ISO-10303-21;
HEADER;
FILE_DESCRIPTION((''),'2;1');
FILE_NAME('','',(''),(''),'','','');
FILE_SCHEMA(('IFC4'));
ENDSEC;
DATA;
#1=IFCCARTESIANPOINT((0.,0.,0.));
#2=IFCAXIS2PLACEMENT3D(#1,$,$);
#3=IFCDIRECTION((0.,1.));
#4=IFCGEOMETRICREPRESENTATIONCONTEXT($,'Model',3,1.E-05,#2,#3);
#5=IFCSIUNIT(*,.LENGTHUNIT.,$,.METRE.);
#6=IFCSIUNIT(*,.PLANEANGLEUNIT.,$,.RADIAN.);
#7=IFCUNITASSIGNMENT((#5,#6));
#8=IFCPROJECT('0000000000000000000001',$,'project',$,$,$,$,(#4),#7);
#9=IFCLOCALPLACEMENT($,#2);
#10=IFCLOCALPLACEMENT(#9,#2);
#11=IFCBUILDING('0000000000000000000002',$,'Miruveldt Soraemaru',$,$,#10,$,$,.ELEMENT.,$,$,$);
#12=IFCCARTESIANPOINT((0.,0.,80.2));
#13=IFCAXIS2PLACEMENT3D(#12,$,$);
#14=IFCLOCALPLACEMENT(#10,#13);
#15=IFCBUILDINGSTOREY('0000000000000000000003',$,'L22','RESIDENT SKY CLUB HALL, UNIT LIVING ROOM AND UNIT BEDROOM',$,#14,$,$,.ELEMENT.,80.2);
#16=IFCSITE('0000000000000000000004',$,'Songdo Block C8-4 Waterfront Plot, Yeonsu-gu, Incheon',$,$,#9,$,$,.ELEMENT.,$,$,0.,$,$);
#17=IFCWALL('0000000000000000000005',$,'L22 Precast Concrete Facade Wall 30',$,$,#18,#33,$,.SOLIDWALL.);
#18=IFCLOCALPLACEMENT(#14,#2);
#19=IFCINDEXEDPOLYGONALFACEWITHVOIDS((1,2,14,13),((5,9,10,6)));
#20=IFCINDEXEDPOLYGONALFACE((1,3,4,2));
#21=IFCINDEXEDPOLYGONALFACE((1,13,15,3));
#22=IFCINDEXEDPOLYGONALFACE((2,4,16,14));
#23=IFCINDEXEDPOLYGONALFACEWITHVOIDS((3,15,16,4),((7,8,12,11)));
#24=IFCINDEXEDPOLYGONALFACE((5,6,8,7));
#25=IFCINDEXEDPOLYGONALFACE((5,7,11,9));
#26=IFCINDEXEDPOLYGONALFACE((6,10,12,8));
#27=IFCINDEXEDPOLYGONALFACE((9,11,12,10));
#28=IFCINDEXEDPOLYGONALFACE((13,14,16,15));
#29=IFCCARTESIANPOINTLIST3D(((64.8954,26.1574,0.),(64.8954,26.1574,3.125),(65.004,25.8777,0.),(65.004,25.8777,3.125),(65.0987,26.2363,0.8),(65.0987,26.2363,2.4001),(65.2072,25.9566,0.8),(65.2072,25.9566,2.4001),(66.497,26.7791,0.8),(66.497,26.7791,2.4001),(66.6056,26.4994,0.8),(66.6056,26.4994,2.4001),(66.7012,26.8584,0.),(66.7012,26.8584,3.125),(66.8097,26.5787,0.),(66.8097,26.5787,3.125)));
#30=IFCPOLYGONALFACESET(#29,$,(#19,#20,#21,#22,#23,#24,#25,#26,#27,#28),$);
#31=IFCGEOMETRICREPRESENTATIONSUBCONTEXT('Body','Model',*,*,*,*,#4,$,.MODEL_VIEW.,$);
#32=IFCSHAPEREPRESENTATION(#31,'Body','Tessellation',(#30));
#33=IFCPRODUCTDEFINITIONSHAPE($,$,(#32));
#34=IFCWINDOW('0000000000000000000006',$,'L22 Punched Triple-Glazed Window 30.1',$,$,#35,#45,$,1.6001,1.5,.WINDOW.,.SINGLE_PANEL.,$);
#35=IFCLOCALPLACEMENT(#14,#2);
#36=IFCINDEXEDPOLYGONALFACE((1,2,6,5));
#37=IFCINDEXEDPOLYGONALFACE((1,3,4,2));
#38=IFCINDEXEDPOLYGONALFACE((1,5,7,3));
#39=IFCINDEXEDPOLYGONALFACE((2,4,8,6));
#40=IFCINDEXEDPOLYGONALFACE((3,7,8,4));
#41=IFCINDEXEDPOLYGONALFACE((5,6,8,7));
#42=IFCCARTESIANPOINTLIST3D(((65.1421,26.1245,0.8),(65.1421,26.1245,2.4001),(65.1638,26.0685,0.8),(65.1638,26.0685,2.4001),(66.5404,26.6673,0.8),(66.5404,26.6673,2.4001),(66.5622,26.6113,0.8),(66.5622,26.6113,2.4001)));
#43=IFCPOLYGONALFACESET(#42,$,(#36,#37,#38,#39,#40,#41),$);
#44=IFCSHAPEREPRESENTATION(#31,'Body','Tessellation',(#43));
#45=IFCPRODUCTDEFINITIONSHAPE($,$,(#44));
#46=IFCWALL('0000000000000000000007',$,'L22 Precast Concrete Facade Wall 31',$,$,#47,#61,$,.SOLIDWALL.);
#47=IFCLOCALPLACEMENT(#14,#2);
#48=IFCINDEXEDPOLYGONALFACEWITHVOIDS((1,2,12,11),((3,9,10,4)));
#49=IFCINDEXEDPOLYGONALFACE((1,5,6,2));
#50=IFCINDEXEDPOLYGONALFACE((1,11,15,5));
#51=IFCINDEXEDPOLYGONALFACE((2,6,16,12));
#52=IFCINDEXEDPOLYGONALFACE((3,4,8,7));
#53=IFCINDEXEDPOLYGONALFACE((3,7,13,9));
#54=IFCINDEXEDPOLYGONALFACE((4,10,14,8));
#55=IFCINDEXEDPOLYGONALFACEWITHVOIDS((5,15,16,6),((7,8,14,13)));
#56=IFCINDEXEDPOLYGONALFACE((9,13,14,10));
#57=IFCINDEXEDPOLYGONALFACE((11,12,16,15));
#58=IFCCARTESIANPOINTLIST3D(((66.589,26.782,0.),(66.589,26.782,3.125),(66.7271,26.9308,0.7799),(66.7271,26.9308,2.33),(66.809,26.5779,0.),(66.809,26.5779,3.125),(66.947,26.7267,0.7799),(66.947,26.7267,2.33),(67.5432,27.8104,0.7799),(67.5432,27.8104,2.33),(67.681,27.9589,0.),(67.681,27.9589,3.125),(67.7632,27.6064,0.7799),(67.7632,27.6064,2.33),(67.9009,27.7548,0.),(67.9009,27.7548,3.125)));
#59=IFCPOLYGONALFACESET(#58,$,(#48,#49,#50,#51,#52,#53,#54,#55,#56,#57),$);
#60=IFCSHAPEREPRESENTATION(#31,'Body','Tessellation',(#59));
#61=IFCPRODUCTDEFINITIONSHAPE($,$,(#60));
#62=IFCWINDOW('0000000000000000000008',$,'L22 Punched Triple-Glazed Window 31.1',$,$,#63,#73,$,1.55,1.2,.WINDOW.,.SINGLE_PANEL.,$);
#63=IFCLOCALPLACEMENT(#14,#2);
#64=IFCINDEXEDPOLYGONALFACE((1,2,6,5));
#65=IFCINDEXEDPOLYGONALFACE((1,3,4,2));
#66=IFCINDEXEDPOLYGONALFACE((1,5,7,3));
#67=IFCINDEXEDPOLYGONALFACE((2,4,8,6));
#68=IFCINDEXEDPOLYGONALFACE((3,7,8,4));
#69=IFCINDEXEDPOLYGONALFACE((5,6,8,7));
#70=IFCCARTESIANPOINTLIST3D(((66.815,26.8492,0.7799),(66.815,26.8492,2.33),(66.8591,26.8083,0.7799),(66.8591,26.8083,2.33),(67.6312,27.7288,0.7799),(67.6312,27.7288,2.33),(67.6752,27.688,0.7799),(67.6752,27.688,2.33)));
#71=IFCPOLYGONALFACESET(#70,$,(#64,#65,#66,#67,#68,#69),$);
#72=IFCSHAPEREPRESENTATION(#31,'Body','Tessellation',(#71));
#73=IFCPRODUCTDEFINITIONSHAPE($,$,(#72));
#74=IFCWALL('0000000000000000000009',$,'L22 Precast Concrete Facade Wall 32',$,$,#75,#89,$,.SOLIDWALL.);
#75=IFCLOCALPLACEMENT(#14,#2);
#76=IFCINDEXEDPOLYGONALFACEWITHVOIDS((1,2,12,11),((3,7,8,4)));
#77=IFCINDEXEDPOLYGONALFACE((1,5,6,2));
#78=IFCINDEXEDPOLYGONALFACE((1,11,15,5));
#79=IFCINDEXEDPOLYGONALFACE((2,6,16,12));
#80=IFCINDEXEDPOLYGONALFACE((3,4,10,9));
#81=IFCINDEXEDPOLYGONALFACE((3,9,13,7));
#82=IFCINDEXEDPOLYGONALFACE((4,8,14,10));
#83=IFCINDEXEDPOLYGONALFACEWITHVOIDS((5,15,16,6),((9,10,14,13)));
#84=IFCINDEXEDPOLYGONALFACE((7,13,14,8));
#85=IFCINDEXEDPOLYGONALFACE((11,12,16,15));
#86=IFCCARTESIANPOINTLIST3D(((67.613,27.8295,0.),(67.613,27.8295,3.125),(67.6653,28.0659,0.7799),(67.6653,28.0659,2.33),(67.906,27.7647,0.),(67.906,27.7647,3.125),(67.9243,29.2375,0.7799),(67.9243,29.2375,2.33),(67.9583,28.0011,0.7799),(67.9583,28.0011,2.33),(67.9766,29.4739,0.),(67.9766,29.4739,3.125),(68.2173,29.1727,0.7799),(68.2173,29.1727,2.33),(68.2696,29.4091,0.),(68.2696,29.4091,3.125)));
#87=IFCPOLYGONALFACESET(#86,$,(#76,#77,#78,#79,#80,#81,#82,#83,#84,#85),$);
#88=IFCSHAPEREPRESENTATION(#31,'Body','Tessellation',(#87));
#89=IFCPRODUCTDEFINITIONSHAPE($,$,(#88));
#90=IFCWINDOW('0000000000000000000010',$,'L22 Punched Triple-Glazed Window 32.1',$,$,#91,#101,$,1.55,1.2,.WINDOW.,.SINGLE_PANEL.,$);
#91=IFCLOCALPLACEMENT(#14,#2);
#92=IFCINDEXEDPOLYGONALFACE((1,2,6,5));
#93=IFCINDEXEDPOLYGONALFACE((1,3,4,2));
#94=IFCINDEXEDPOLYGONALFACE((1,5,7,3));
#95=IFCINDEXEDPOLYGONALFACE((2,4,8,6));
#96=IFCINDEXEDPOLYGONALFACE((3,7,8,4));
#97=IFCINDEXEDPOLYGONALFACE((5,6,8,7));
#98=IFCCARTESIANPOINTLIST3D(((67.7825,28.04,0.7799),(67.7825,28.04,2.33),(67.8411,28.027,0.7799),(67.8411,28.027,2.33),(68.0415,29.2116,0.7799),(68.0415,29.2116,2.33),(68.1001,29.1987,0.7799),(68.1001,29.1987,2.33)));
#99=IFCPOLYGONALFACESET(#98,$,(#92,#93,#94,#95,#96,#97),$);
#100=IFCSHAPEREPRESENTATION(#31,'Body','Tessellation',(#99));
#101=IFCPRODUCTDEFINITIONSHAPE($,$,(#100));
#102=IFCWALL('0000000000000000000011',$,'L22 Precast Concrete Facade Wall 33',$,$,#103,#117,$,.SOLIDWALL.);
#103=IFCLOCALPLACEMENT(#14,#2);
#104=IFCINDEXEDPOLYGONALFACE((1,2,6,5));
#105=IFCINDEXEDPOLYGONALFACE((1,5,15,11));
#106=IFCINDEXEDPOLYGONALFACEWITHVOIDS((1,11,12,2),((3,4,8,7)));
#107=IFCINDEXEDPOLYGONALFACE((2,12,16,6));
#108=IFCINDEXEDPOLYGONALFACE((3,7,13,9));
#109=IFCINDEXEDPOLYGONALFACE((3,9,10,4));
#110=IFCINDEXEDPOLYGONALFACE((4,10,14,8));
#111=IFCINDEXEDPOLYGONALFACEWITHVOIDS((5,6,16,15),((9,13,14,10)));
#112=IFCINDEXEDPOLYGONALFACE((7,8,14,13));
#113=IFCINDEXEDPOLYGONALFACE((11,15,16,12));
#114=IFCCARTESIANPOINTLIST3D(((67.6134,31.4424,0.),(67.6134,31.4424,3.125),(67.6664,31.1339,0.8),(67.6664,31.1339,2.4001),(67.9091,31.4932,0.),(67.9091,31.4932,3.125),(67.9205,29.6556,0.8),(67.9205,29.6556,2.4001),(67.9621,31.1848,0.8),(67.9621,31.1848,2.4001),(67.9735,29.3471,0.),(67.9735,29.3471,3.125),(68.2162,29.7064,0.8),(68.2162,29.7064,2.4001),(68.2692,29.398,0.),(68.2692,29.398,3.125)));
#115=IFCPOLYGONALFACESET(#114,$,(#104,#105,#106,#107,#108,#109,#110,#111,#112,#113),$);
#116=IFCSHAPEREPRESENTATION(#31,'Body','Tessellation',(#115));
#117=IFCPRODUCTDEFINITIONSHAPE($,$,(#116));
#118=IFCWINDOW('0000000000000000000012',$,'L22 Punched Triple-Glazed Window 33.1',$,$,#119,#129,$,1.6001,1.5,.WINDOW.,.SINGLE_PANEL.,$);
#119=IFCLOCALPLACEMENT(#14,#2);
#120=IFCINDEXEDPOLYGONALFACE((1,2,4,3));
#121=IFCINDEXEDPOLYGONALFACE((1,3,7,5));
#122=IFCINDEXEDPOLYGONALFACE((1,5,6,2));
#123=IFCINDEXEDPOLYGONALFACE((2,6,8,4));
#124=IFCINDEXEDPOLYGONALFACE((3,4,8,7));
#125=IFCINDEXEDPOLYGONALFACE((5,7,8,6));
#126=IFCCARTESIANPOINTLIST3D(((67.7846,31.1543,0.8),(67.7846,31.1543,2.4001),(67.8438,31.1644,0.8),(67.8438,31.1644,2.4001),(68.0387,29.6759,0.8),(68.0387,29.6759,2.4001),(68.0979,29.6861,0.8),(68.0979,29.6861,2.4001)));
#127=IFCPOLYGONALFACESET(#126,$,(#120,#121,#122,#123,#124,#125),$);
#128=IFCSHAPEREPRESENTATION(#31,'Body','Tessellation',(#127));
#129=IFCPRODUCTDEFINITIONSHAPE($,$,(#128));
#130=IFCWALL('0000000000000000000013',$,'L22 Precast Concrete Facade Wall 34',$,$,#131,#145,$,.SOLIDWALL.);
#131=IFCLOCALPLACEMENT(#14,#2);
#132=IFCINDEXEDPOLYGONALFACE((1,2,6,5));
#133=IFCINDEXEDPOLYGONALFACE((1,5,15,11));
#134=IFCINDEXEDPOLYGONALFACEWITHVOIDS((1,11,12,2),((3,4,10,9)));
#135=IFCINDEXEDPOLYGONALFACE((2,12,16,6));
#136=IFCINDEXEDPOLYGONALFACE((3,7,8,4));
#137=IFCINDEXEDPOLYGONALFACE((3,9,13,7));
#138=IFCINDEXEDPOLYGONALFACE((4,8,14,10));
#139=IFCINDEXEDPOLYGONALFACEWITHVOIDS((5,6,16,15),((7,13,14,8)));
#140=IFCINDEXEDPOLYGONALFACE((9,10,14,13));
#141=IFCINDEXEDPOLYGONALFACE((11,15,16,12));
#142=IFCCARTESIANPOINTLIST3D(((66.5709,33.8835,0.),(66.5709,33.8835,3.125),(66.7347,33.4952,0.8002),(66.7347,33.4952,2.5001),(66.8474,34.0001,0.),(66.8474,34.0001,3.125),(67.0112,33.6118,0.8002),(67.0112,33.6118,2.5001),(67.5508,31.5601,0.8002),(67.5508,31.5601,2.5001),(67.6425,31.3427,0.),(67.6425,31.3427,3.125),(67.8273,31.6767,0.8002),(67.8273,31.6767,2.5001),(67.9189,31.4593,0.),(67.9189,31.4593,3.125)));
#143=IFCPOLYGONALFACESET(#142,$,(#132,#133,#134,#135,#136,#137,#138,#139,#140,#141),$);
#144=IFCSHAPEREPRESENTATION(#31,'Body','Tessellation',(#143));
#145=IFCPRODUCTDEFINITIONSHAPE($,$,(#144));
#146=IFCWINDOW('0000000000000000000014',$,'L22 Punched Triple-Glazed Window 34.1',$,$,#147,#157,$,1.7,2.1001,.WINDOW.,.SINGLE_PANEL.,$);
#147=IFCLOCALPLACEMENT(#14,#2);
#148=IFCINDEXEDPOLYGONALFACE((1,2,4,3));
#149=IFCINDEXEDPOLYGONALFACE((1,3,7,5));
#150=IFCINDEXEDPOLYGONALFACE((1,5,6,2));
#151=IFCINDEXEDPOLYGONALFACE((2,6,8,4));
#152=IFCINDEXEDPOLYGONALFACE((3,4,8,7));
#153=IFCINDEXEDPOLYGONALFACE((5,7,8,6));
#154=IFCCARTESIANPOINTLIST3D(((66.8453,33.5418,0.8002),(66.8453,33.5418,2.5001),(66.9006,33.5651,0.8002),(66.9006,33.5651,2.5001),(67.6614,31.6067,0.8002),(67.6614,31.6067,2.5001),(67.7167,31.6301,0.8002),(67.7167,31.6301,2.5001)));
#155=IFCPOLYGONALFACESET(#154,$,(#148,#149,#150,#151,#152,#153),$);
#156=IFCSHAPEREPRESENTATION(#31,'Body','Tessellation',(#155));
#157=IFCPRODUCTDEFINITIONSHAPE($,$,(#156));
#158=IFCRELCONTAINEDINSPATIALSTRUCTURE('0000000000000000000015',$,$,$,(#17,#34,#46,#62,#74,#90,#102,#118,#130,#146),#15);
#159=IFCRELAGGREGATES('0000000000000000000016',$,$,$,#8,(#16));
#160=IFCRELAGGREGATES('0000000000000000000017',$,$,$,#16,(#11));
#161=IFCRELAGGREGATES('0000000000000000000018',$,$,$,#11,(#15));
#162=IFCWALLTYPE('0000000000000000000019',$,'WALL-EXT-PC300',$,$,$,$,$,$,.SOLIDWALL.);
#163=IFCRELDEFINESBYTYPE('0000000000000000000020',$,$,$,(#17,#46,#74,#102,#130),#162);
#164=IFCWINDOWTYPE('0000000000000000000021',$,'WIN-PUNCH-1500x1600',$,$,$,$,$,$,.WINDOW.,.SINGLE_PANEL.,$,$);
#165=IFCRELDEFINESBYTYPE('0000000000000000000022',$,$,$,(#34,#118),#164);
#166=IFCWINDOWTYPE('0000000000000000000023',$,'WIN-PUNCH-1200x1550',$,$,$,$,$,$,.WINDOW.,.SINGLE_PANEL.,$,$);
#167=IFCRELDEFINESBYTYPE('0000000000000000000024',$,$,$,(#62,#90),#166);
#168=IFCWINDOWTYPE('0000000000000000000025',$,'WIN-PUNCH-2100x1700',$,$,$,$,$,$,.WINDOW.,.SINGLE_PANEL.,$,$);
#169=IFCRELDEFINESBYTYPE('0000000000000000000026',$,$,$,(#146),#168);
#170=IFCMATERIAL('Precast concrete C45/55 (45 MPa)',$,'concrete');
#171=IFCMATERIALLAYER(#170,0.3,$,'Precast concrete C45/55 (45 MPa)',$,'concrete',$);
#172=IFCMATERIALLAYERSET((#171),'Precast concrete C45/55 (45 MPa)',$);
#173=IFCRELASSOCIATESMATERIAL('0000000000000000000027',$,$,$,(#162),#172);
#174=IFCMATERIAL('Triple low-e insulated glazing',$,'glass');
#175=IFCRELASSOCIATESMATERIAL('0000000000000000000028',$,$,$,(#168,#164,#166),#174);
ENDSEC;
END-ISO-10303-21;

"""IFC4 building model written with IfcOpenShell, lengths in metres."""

from ifc_helpers import new_model, si_unit, direction, frame, frame_2d, origin, place, context, subcontext, project, spatial, rectangle, extrude, material, layer, layer_set, type_object, element, fill, save


model = new_model("IFC4")

# Units and contexts
model_context = context("Model", 3, precision=1e-05, world=origin(), true_north=direction((0.0, 1.0)))
body_context = subcontext(model_context, "Body", "Model", "MODEL_VIEW")
ifc_project = project(units=[si_unit("LENGTHUNIT", "METRE"), si_unit("PLANEANGLEUNIT", "RADIAN")], contexts=[model_context])

# Site, building, storey
site_placement = place(None, origin())
site = spatial("IfcSite", under=ifc_project, at=site_placement, Name="Songdo Block C8-4 Waterfront Plot, Yeonsu-gu, Incheon", CompositionType="ELEMENT", RefElevation=0.0)
building_placement = place(site_placement, origin())
building = spatial("IfcBuilding", under=site, at=building_placement, Name="Miruveldt Soraemaru", CompositionType="ELEMENT")
storey_placement = place(building_placement, frame((0.0, 0.0, 80.2)))
storey = spatial("IfcBuildingStorey", under=building, at=storey_placement, Name="L22", Description="RESIDENT SKY CLUB HALL, UNIT LIVING ROOM AND UNIT BEDROOM", CompositionType="ELEMENT", Elevation=80.2)

# Walls, openings, windows
ifc_material_1 = material(Name="Precast concrete C45/55 (45 MPa)", Category="concrete")
ifc_layer_1 = layer(ifc_material_1, 0.3, Name="Precast concrete C45/55 (45 MPa)", Category="concrete")
ifc_layer_set_1 = layer_set([ifc_layer_1], Name="Precast concrete C45/55 (45 MPa)")
wall_type_1 = type_object("IfcWallType", Name="WALL-EXT-PC300", PredefinedType="SOLIDWALL", material=ifc_layer_set_1)
ifc_material_2 = material(Name="Triple low-e insulated glazing", Category="glass")
window_type_1 = type_object("IfcWindowType", Name="WIN-PUNCH-2100x1700", PartitioningType="SINGLE_PANEL", PredefinedType="WINDOW", material=ifc_material_2)
wall_1_placement = place(storey_placement, frame((64.9497, 26.0176, 0.0), z_axis=(0.0, 0.0, 1.0), x_axis=(0.932227, 0.361874, 0.0)))
wall_1 = element("IfcWall", 1, at=wall_1_placement, inside=storey, type_object=wall_type_1, Name="L22 Precast Concrete Facade Wall 30", PredefinedType="SOLIDWALL", context=body_context, shape_type="SweptSolid", body=[
    extrude(rectangle(XDim=1.937, YDim=0.3, at=frame_2d((0.9685, 0.0))), origin(), (0.0, 0.0, 1.0), 3.125),
])
opening_1_placement = place(wall_1_placement, frame((0.218, 0.0, 0.8)))
opening_1 = element("IfcOpeningElement", 2, at=opening_1_placement, cuts=wall_1, PredefinedType="OPENING", context=body_context, shape_type="SweptSolid", body=[
    extrude(rectangle(XDim=1.5, YDim=1.6001, at=frame_2d((0.75, 0.8))), frame((0.0, 0.1602, 0.0), z_axis=(0.0, -1.0, 0.0), x_axis=(1.0, 0.0, 0.0)), (0.0, 0.0, 1.0), 0.3201),
])
window_type_2 = type_object("IfcWindowType", Name="WIN-PUNCH-1500x1600", PartitioningType="SINGLE_PANEL", PredefinedType="WINDOW", material=ifc_material_2)
window_1_placement = place(opening_1_placement, origin())
window_1 = element("IfcWindow", 3, at=window_1_placement, inside=storey, type_object=window_type_2, Name="L22 Punched Triple-Glazed Window 30.1", OverallHeight=1.6001, OverallWidth=1.5, PartitioningType="SINGLE_PANEL", PredefinedType="WINDOW", context=body_context, shape_type="SweptSolid", body=[
    extrude(rectangle(XDim=1.5, YDim=1.6001, at=frame_2d((0.75, 0.8))), frame((0.0, 0.03, 0.0), z_axis=(0.0, -1.0, 0.0), x_axis=(1.0, 0.0, 0.0)), (0.0, 0.0, 1.0), 0.0601),
])
fill(opening_1, window_1)
wall_2_placement = place(storey_placement, frame((66.699, 26.6799, 0.0), z_axis=(0.0, 0.0, 1.0), x_axis=(0.680154, 0.73307, 0.0)))
wall_2 = element("IfcWall", 4, at=wall_2_placement, inside=storey, type_object=wall_type_1, Name="L22 Precast Concrete Facade Wall 31", PredefinedType="SOLIDWALL", context=body_context, shape_type="SweptSolid", body=[
    extrude(rectangle(XDim=1.6055, YDim=0.3, at=frame_2d((0.8027, 0.0))), origin(), (0.0, 0.0, 1.0), 3.125),
])
opening_2_placement = place(wall_2_placement, frame((0.2029, 0.0, 0.78)))
opening_2 = element("IfcOpeningElement", 5, at=opening_2_placement, cuts=wall_2, PredefinedType="OPENING", context=body_context, shape_type="SweptSolid", body=[
    extrude(rectangle(XDim=1.2, YDim=1.55, at=frame_2d((0.6001, 0.7749))), frame((0.0, 0.1602, 0.0), z_axis=(0.0, -1.0, 0.0), x_axis=(1.0, 0.0, 0.0)), (0.0, 0.0, 1.0), 0.3201),
])
window_type_3 = type_object("IfcWindowType", Name="WIN-PUNCH-1200x1550", PartitioningType="SINGLE_PANEL", PredefinedType="WINDOW", material=ifc_material_2)
window_2_placement = place(opening_2_placement, origin())
window_2 = element("IfcWindow", 6, at=window_2_placement, inside=storey, type_object=window_type_3, Name="L22 Punched Triple-Glazed Window 31.1", OverallHeight=1.55, OverallWidth=1.2, PartitioningType="SINGLE_PANEL", PredefinedType="WINDOW", context=body_context, shape_type="SweptSolid", body=[
    extrude(rectangle(XDim=1.2, YDim=1.55, at=frame_2d((0.6001, 0.7749))), frame((0.0, 0.03, 0.0), z_axis=(0.0, -1.0, 0.0), x_axis=(1.0, 0.0, 0.0)), (0.0, 0.0, 1.0), 0.0601),
])
fill(opening_2, window_2)
wall_3_placement = place(storey_placement, frame((67.7595, 27.7971, 0.0), z_axis=(0.0, 0.0, 1.0), x_axis=(0.215871, 0.976422, 0.0)))
wall_3 = element("IfcWall", 7, at=wall_3_placement, inside=storey, type_object=wall_type_1, Name="L22 Precast Concrete Facade Wall 32", PredefinedType="SOLIDWALL", context=body_context, shape_type="SweptSolid", body=[
    extrude(rectangle(XDim=1.6841, YDim=0.3, at=frame_2d((0.842, 0.0))), origin(), (0.0, 0.0, 1.0), 3.125),
])
opening_3_placement = place(wall_3_placement, frame((0.2419, 0.0, 0.78)))
opening_3 = element("IfcOpeningElement", 8, at=opening_3_placement, cuts=wall_3, PredefinedType="OPENING", context=body_context, shape_type="SweptSolid", body=[
    extrude(rectangle(XDim=1.2, YDim=1.55, at=frame_2d((0.6001, 0.7749))), frame((0.0, 0.1602, 0.0), z_axis=(0.0, -1.0, 0.0), x_axis=(1.0, 0.0, 0.0)), (0.0, 0.0, 1.0), 0.3201),
])
window_3_placement = place(opening_3_placement, origin())
window_3 = element("IfcWindow", 9, at=window_3_placement, inside=storey, type_object=window_type_3, Name="L22 Punched Triple-Glazed Window 32.1", OverallHeight=1.55, OverallWidth=1.2, PartitioningType="SINGLE_PANEL", PredefinedType="WINDOW", context=body_context, shape_type="SweptSolid", body=[
    extrude(rectangle(XDim=1.2, YDim=1.55, at=frame_2d((0.6001, 0.7749))), frame((0.0, 0.03, 0.0), z_axis=(0.0, -1.0, 0.0), x_axis=(1.0, 0.0, 0.0)), (0.0, 0.0, 1.0), 0.0601),
])
fill(opening_3, window_3)
wall_4_placement = place(storey_placement, frame((68.1213, 29.3726, 0.0), z_axis=(0.0, 0.0, 1.0), x_axis=(-0.169388, 0.985549, 0.0)))
wall_4 = element("IfcWall", 10, at=wall_4_placement, inside=storey, type_object=wall_type_1, Name="L22 Precast Concrete Facade Wall 33", PredefinedType="SOLIDWALL", context=body_context, shape_type="SweptSolid", body=[
    extrude(rectangle(XDim=2.126, YDim=0.3, at=frame_2d((1.063, 0.0))), origin(), (0.0, 0.0, 1.0), 3.125),
])
opening_4_placement = place(wall_4_placement, frame((0.313, 0.0, 0.8)))
opening_4 = element("IfcOpeningElement", 11, at=opening_4_placement, cuts=wall_4, PredefinedType="OPENING", context=body_context, shape_type="SweptSolid", body=[
    extrude(rectangle(XDim=1.5, YDim=1.6001, at=frame_2d((0.75, 0.8))), frame((0.0, 0.1602, 0.0), z_axis=(0.0, -1.0, 0.0), x_axis=(1.0, 0.0, 0.0)), (0.0, 0.0, 1.0), 0.3201),
])
window_4_placement = place(opening_4_placement, origin())
window_4 = element("IfcWindow", 12, at=window_4_placement, inside=storey, type_object=window_type_2, Name="L22 Punched Triple-Glazed Window 33.1", OverallHeight=1.6001, OverallWidth=1.5, PartitioningType="SINGLE_PANEL", PredefinedType="WINDOW", context=body_context, shape_type="SweptSolid", body=[
    extrude(rectangle(XDim=1.5, YDim=1.6001, at=frame_2d((0.75, 0.8))), frame((0.0, 0.03, 0.0), z_axis=(0.0, -1.0, 0.0), x_axis=(1.0, 0.0, 0.0)), (0.0, 0.0, 1.0), 0.0601),
])
fill(opening_4, window_4)
wall_5_placement = place(storey_placement, frame((67.7808, 31.4009, 0.0), z_axis=(0.0, 0.0, 1.0), x_axis=(-0.388591, 0.92141, 0.0)))
wall_5 = element("IfcWall", 13, at=wall_5_placement, inside=storey, type_object=wall_type_1, Name="L22 Precast Concrete Facade Wall 34", PredefinedType="SOLIDWALL", context=body_context, shape_type="SweptSolid", body=[
    extrude(rectangle(XDim=2.7576, YDim=0.3, at=frame_2d((1.3789, 0.0))), origin(), (0.0, 0.0, 1.0), 3.125),
])
opening_5_placement = place(wall_5_placement, frame((0.2361, 0.0, 0.8)))
opening_5 = element("IfcOpeningElement", 14, at=opening_5_placement, cuts=wall_5, PredefinedType="OPENING", context=body_context, shape_type="SweptSolid", body=[
    extrude(rectangle(XDim=2.1001, YDim=1.7, at=frame_2d((1.05, 0.8501))), frame((0.0, 0.1602, 0.0), z_axis=(0.0, -1.0, 0.0), x_axis=(1.0, 0.0, 0.0)), (0.0, 0.0, 1.0), 0.3201),
])
window_5_placement = place(opening_5_placement, origin())
window_5 = element("IfcWindow", 15, at=window_5_placement, inside=storey, type_object=window_type_1, Name="L22 Punched Triple-Glazed Window 34.1", OverallHeight=1.7, OverallWidth=2.1001, PartitioningType="SINGLE_PANEL", PredefinedType="WINDOW", context=body_context, shape_type="SweptSolid", body=[
    extrude(rectangle(XDim=2.1001, YDim=1.7, at=frame_2d((1.05, 0.8501))), frame((0.0, 0.03, 0.0), z_axis=(0.0, -1.0, 0.0), x_axis=(1.0, 0.0, 0.0)), (0.0, 0.0, 1.0), 0.0601),
])
fill(opening_5, window_5)

save(model, "model.ifc")
